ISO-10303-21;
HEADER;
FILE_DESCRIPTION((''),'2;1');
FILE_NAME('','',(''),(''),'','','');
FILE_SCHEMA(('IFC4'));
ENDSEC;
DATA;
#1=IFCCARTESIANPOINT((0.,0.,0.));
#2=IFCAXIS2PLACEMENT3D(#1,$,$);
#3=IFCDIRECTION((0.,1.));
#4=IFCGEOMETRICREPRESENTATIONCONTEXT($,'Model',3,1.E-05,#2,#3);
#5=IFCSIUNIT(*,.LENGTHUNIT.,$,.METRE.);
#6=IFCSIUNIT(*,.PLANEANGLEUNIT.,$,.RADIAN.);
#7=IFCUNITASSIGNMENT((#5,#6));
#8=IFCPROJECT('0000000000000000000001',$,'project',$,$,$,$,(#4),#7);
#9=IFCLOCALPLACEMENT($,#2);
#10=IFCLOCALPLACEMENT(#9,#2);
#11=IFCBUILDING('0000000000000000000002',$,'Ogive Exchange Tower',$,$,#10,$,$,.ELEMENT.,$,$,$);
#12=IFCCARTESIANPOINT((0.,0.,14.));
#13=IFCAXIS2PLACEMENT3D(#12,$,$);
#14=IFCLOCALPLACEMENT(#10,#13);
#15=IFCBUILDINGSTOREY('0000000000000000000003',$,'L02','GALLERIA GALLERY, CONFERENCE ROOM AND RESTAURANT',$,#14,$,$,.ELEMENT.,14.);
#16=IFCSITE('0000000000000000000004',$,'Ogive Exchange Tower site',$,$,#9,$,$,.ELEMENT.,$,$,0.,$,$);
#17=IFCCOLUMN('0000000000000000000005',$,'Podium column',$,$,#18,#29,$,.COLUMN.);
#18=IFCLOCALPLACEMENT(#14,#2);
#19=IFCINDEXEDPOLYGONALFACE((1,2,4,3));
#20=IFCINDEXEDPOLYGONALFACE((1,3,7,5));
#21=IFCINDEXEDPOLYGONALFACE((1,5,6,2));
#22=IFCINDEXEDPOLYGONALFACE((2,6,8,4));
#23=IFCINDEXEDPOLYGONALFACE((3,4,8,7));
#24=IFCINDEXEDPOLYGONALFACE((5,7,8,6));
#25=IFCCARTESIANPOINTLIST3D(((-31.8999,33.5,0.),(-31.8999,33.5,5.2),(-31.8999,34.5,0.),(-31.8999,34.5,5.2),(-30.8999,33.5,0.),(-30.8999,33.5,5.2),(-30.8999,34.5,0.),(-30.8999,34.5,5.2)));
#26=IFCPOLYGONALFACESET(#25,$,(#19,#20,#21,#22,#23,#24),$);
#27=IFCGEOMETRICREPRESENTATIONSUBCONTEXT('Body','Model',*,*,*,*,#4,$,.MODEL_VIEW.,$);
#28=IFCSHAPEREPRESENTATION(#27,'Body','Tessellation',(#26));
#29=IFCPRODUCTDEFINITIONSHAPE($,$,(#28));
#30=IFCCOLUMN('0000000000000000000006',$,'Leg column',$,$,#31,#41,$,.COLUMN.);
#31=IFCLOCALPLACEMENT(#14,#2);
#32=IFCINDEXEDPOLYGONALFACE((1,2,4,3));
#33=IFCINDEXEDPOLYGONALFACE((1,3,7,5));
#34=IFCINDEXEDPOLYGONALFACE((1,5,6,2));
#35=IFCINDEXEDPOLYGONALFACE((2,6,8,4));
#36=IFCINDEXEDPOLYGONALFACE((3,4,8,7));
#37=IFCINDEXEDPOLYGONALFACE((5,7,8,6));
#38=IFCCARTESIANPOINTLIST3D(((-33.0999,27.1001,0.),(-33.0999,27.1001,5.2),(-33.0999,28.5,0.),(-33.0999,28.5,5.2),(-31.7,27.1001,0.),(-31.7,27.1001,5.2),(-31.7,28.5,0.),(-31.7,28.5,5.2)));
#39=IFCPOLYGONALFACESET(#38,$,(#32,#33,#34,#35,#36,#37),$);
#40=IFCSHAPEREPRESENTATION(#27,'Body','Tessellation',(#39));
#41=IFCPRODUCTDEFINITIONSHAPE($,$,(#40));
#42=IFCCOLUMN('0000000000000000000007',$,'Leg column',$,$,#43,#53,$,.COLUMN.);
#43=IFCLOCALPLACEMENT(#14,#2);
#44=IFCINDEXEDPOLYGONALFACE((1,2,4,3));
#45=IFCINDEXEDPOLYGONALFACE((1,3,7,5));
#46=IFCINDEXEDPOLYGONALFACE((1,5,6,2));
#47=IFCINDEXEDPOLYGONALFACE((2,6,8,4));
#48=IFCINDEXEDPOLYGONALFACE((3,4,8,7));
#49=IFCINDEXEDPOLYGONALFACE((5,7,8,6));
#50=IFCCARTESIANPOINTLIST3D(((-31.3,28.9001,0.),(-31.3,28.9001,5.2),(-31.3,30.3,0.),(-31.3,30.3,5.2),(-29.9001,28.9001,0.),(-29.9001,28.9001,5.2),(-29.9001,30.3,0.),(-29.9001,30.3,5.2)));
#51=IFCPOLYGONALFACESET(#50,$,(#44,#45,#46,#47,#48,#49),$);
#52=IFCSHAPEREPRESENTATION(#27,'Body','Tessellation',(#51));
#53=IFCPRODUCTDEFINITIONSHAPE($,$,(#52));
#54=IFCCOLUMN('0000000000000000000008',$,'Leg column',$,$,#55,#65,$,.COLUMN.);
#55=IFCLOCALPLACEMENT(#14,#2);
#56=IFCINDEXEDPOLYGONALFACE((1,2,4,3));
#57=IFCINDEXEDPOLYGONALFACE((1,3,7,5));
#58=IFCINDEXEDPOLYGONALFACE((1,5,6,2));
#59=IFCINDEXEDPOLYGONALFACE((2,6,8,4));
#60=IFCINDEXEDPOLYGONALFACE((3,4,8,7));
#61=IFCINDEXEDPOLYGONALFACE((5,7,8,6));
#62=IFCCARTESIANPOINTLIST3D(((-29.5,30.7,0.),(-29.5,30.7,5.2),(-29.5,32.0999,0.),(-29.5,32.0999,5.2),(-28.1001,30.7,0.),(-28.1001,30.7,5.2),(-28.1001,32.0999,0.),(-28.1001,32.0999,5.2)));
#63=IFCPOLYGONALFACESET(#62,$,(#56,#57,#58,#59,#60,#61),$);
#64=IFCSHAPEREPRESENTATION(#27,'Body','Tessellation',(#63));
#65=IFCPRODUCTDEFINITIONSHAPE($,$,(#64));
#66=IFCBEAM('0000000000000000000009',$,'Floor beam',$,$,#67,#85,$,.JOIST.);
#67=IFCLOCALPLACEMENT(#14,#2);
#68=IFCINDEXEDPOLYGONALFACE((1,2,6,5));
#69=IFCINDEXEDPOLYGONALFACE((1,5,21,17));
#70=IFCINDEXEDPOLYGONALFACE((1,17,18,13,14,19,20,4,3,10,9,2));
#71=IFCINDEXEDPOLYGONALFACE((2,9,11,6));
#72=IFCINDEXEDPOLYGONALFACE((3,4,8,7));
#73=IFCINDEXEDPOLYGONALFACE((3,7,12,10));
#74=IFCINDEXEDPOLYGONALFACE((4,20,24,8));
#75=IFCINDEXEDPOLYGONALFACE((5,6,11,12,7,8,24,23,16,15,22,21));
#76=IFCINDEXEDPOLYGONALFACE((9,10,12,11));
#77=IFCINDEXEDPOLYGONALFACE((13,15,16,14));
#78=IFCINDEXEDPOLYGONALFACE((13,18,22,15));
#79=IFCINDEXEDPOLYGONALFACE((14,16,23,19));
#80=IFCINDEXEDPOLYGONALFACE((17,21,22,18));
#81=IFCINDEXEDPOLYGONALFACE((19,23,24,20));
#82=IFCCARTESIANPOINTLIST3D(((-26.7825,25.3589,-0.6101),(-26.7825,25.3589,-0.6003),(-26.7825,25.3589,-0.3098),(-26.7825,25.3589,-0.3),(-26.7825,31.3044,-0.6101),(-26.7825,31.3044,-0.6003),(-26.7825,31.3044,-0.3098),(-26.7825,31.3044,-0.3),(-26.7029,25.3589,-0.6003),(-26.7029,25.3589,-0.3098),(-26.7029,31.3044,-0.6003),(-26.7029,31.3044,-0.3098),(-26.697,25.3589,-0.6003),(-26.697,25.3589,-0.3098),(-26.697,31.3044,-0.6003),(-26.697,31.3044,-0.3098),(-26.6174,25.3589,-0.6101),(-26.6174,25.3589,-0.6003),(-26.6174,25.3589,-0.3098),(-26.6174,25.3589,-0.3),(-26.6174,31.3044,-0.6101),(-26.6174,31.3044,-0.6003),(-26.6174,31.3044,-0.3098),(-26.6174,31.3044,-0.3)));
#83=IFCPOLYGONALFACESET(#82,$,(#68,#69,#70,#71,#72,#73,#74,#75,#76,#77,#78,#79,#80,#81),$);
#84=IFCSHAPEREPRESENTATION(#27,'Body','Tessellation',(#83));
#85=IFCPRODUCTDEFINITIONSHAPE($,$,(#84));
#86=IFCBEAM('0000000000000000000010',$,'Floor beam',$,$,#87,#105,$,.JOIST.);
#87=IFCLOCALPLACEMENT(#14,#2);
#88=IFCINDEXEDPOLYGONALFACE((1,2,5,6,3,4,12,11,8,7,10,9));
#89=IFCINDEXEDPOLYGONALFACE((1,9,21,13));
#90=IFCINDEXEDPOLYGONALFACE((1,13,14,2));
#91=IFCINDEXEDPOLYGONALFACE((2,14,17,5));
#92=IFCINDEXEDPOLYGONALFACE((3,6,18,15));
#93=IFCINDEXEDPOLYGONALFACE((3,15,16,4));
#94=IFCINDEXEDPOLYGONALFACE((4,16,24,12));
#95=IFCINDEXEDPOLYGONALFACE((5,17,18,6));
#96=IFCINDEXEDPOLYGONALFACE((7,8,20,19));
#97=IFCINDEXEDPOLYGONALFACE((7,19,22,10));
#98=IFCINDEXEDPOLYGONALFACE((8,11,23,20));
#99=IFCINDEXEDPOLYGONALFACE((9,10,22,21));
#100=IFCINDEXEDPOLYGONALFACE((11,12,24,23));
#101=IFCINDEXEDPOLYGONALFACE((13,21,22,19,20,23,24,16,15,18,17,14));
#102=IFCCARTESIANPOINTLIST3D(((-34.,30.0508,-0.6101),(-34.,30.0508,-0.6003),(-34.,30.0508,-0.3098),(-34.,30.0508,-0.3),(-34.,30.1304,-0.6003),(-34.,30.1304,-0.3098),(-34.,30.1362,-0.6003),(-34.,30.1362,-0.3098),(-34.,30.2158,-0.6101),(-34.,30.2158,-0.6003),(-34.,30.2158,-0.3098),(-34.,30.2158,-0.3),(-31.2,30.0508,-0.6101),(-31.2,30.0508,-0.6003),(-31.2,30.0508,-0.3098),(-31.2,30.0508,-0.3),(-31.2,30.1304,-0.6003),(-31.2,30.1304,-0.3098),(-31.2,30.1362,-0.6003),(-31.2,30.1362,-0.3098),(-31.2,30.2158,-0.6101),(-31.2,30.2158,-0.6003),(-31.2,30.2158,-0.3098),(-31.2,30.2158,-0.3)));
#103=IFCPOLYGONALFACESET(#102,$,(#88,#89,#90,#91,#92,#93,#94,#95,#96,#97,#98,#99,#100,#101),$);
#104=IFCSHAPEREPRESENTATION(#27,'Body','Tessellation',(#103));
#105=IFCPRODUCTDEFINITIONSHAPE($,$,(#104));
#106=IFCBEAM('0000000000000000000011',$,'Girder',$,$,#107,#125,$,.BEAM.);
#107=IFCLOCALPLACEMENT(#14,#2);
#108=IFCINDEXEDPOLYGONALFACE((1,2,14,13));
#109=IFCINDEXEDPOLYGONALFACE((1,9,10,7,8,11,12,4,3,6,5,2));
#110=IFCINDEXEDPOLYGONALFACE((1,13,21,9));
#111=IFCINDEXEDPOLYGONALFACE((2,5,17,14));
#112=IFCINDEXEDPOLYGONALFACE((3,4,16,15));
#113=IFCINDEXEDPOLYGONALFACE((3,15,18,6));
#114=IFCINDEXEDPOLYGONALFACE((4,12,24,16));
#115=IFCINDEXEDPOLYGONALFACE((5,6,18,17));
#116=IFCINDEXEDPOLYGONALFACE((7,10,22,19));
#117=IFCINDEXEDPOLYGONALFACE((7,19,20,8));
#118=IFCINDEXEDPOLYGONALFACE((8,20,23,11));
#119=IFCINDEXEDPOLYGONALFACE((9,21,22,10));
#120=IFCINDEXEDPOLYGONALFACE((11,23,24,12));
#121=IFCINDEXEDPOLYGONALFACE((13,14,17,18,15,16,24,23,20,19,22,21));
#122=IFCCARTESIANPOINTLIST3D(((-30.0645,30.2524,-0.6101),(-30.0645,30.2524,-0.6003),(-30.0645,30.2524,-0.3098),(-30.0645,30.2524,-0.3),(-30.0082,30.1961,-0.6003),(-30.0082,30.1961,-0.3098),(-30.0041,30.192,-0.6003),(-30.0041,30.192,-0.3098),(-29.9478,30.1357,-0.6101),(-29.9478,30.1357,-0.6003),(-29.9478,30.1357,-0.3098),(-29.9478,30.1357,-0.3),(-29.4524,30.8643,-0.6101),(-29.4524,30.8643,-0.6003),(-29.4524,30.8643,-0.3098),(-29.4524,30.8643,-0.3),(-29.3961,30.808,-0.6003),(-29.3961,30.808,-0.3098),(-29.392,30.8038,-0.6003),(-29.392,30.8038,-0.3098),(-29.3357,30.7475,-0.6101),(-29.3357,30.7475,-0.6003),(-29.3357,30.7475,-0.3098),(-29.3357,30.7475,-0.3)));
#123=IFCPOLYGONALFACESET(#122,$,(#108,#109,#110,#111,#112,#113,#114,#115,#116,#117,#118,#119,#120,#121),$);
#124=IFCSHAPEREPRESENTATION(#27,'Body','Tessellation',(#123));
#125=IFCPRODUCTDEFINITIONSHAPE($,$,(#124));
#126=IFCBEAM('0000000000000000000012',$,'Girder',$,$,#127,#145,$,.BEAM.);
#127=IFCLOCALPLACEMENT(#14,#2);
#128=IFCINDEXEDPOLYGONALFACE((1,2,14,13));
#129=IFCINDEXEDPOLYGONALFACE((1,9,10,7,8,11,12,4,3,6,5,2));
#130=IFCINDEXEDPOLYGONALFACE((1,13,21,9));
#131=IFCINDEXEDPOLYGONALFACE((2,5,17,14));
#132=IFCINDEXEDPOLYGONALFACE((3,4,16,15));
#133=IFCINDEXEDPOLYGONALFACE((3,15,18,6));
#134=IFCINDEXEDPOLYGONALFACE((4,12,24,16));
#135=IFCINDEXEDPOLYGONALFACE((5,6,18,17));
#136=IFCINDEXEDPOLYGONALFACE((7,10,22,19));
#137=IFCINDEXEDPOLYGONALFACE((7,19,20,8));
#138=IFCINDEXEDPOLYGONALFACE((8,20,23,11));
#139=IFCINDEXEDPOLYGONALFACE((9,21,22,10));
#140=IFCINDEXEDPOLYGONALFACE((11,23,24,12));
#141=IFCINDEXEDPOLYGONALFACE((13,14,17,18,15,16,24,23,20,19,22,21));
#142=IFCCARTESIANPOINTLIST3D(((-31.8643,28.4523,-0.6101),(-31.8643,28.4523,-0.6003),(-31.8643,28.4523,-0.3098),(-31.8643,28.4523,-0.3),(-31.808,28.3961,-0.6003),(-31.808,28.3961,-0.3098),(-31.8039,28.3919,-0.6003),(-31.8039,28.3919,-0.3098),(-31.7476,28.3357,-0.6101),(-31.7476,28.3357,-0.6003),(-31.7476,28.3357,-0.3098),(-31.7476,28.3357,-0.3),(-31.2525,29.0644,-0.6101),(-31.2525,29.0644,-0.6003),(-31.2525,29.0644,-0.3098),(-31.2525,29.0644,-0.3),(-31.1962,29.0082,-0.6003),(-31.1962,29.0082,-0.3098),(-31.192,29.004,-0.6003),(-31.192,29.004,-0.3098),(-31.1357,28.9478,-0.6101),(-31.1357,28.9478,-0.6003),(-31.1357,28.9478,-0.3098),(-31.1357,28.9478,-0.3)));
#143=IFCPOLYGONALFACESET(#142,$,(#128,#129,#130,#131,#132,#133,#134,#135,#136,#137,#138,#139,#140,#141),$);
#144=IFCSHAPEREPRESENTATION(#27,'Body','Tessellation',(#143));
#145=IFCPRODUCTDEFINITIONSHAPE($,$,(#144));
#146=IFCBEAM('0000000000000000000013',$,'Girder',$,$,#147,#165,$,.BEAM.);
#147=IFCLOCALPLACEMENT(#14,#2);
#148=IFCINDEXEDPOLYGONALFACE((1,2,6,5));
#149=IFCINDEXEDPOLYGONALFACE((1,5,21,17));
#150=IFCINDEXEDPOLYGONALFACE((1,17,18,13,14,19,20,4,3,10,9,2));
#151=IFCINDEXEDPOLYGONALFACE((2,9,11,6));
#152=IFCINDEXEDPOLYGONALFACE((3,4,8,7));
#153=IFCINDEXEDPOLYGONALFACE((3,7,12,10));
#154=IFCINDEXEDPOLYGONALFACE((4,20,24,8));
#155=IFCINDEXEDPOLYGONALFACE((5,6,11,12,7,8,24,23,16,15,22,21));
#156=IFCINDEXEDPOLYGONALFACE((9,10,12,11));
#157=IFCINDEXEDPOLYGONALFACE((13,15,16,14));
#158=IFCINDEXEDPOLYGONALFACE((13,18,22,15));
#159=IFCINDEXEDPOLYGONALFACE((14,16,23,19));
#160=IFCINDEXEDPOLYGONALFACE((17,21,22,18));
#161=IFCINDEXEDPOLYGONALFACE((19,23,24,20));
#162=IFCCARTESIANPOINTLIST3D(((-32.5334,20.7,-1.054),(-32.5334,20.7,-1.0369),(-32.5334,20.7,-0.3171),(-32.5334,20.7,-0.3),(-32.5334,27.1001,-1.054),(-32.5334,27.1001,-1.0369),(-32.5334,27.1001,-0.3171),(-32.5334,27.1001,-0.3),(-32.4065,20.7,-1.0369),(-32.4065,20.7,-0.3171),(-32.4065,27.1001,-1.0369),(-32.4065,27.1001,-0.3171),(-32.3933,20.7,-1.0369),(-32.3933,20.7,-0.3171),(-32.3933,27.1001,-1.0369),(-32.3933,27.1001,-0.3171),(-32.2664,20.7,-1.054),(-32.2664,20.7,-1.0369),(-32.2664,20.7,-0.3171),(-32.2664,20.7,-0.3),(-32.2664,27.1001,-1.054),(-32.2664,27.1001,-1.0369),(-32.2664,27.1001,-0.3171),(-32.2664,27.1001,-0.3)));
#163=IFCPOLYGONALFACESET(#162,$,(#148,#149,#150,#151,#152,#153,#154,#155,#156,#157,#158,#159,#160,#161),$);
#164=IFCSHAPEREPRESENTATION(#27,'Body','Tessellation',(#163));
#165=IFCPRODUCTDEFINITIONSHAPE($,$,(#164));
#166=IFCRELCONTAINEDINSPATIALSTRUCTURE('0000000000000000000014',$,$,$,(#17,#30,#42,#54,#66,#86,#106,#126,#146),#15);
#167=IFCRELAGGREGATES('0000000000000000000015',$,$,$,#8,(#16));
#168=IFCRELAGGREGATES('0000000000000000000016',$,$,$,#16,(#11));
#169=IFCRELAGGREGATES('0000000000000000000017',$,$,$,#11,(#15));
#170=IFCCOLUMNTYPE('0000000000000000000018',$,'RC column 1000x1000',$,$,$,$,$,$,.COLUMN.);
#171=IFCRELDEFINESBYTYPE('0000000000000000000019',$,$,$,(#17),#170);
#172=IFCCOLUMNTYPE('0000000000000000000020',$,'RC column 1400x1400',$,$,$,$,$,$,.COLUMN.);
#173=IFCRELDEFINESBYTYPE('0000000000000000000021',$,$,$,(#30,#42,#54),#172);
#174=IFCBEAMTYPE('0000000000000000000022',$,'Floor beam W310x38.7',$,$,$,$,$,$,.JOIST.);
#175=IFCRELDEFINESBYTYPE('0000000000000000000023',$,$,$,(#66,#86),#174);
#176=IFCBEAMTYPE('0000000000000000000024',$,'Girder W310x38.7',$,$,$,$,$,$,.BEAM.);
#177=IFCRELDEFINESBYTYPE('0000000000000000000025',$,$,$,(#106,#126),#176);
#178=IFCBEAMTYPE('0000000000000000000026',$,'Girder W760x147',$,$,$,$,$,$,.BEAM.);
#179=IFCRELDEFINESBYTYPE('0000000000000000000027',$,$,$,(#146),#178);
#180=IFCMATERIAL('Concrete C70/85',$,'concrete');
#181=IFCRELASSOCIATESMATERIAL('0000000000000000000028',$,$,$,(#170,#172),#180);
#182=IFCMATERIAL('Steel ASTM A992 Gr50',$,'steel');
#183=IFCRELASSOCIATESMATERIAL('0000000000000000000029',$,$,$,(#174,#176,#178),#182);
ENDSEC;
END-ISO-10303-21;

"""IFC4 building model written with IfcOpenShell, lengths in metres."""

from ifc_helpers import new_model, si_unit, direction, frame, origin, origin_2d, place, context, subcontext, project, spatial, rectangle, i_section, extrude, material, material_profile, profile_set, type_object, element, save


model = new_model("IFC4")

# Units and contexts
model_context = context("Model", 3, precision=1e-05, world=origin(), true_north=direction((0.0, 1.0)))
body_context = subcontext(model_context, "Body", "Model", "MODEL_VIEW")
ifc_project = project(units=[si_unit("LENGTHUNIT", "METRE"), si_unit("PLANEANGLEUNIT", "RADIAN")], contexts=[model_context])

# Site, building, storey
site_placement = place(None, origin())
site = spatial("IfcSite", under=ifc_project, at=site_placement, Name="Ogive Exchange Tower site", CompositionType="ELEMENT", RefElevation=0.0)
building_placement = place(site_placement, origin())
building = spatial("IfcBuilding", under=site, at=building_placement, Name="Ogive Exchange Tower", CompositionType="ELEMENT")
storey_placement = place(building_placement, frame((0.0, 0.0, 14.0)))
storey = spatial("IfcBuildingStorey", under=building, at=storey_placement, Name="L02", Description="GALLERIA GALLERY, CONFERENCE ROOM AND RESTAURANT", CompositionType="ELEMENT", Elevation=14.0)

# Columns
ifc_material_1 = material(Name="Concrete C70/85", Category="concrete")
ifc_material_profile_1 = material_profile(ifc_material_1, rectangle(XDim=1.0, YDim=1.0, at=origin_2d()), Name="RC 1000x1000")
ifc_profile_set_1 = profile_set([ifc_material_profile_1], Name="Concrete C70/85")
column_type_1 = type_object("IfcColumnType", Name="RC column 1000x1000", PredefinedType="COLUMN", material=ifc_profile_set_1)
column_placement = place(storey_placement, frame((-31.3999, 34.0, 0.0), z_axis=(0.0, 0.0, 1.0), x_axis=(1.0, 0.0, 0.0)))
element("IfcColumn", 1, at=column_placement, inside=storey, type_object=column_type_1, Name="Podium column", PredefinedType="COLUMN", context=body_context, shape_type="SweptSolid", body=[
    extrude(rectangle(XDim=1.0, YDim=1.0, at=origin_2d()), origin(), (0.0, 0.0, 1.0), 5.2),
])
ifc_material_profile_2 = material_profile(ifc_material_1, rectangle(XDim=1.3999, YDim=1.3999, at=origin_2d()), Name="RC 1400x1400")
ifc_profile_set_2 = profile_set([ifc_material_profile_2], Name="Concrete C70/85")
column_type_2 = type_object("IfcColumnType", Name="RC column 1400x1400", PredefinedType="COLUMN", material=ifc_profile_set_2)
for number, where, z_axis, x_axis, name in (
    (2, (-32.3999, 27.8, 0.0), (0.0, 0.0, 1.0), (1.0, 0.0, 0.0), "Leg column"),
    (3, (-30.6001, 29.6001, 0.0), (0.0, 0.0, 1.0), (1.0, 0.0, 0.0), "Leg column"),
    (4, (-28.8, 31.3999, 0.0), (0.0, 0.0, 1.0), (1.0, 0.0, 0.0), "Leg column"),
):
    element("IfcColumn", number, at=place(storey_placement, frame(where, z_axis=z_axis, x_axis=x_axis)), inside=storey, type_object=column_type_2, Name=name, PredefinedType="COLUMN", context=body_context, shape_type="SweptSolid", body=[
        extrude(rectangle(XDim=1.3999, YDim=1.3999, at=origin_2d()), origin(), (0.0, 0.0, 1.0), 5.2),
    ])

# Beams
ifc_material_2 = material(Name="Steel ASTM A992 Gr50", Category="steel")
ifc_material_profile_3 = material_profile(ifc_material_2, i_section(OverallWidth=0.165, OverallDepth=0.3101, WebThickness=0.0059, FlangeThickness=0.0098, at=origin_2d()), Name="W310x38.7")
ifc_profile_set_3 = profile_set([ifc_material_profile_3], Name="Steel ASTM A992 Gr50")
beam_type_1 = type_object("IfcBeamType", Name="Floor beam W310x38.7", PredefinedType="JOIST", material=ifc_profile_set_3)
beam_1_placement = place(storey_placement, frame((-26.7, 25.3589, -0.4551), z_axis=(0.0, 1.0, 0.0), x_axis=(-1.0, 0.0, 0.0)))
element("IfcBeam", 5, at=beam_1_placement, inside=storey, type_object=beam_type_1, Name="Floor beam", PredefinedType="JOIST", context=body_context, shape_type="SweptSolid", body=[
    extrude(i_section(OverallWidth=0.165, OverallDepth=0.3101, WebThickness=0.0059, FlangeThickness=0.0098, at=origin_2d()), origin(), (0.0, 0.0, 1.0), 5.9456),
])
beam_2_placement = place(storey_placement, frame((-34.0, 30.1333, -0.4551), z_axis=(1.0, 0.0, 0.0), x_axis=(0.0, 1.0, 0.0)))
element("IfcBeam", 6, at=beam_2_placement, inside=storey, type_object=beam_type_1, Name="Floor beam", PredefinedType="JOIST", context=body_context, shape_type="SweptSolid", body=[
    extrude(i_section(OverallWidth=0.165, OverallDepth=0.3101, WebThickness=0.0059, FlangeThickness=0.0098, at=origin_2d()), origin(), (0.0, 0.0, 1.0), 2.8),
])
ifc_material_profile_4 = material_profile(ifc_material_2, i_section(OverallWidth=0.165, OverallDepth=0.3101, WebThickness=0.0059, FlangeThickness=0.0098, at=origin_2d()), Name="W310x38.7")
ifc_profile_set_4 = profile_set([ifc_material_profile_4], Name="Steel ASTM A992 Gr50")
beam_type_2 = type_object("IfcBeamType", Name="Girder W310x38.7", PredefinedType="BEAM", material=ifc_profile_set_4)
for number, where, z_axis, x_axis, name in (
    (7, (-29.394, 30.8059, -0.4551), (-0.707248, -0.706966, 0.0), (0.706966, -0.707248, 0.0), "Girder"),
    (8, (-31.1941, 29.0061, -0.4551), (-0.706966, -0.707248, 0.0), (0.707248, -0.706966, 0.0), "Girder"),
):
    element("IfcBeam", number, at=place(storey_placement, frame(where, z_axis=z_axis, x_axis=x_axis)), inside=storey, type_object=beam_type_2, Name=name, PredefinedType="BEAM", context=body_context, shape_type="SweptSolid", body=[
        extrude(i_section(OverallWidth=0.165, OverallDepth=0.3101, WebThickness=0.0059, FlangeThickness=0.0098, at=origin_2d()), origin(), (0.0, 0.0, 1.0), 0.8655),
    ])
ifc_material_profile_5 = material_profile(ifc_material_2, i_section(OverallWidth=0.2671, OverallDepth=0.7539, WebThickness=0.0132, FlangeThickness=0.0171, at=origin_2d()), Name="W760x147")
ifc_profile_set_5 = profile_set([ifc_material_profile_5], Name="Steel ASTM A992 Gr50")
beam_type_3 = type_object("IfcBeamType", Name="Girder W760x147", PredefinedType="BEAM", material=ifc_profile_set_5)
beam_3_placement = place(storey_placement, frame((-32.3999, 27.1001, -0.677), z_axis=(0.0, -1.0, 0.0), x_axis=(1.0, 0.0, 0.0)))
element("IfcBeam", 9, at=beam_3_placement, inside=storey, type_object=beam_type_3, Name="Girder", PredefinedType="BEAM", context=body_context, shape_type="SweptSolid", body=[
    extrude(i_section(OverallWidth=0.2671, OverallDepth=0.7539, WebThickness=0.0132, FlangeThickness=0.0171, at=origin_2d()), origin(), (0.0, 0.0, 1.0), 6.4001),
])

save(model, "model.ifc")
